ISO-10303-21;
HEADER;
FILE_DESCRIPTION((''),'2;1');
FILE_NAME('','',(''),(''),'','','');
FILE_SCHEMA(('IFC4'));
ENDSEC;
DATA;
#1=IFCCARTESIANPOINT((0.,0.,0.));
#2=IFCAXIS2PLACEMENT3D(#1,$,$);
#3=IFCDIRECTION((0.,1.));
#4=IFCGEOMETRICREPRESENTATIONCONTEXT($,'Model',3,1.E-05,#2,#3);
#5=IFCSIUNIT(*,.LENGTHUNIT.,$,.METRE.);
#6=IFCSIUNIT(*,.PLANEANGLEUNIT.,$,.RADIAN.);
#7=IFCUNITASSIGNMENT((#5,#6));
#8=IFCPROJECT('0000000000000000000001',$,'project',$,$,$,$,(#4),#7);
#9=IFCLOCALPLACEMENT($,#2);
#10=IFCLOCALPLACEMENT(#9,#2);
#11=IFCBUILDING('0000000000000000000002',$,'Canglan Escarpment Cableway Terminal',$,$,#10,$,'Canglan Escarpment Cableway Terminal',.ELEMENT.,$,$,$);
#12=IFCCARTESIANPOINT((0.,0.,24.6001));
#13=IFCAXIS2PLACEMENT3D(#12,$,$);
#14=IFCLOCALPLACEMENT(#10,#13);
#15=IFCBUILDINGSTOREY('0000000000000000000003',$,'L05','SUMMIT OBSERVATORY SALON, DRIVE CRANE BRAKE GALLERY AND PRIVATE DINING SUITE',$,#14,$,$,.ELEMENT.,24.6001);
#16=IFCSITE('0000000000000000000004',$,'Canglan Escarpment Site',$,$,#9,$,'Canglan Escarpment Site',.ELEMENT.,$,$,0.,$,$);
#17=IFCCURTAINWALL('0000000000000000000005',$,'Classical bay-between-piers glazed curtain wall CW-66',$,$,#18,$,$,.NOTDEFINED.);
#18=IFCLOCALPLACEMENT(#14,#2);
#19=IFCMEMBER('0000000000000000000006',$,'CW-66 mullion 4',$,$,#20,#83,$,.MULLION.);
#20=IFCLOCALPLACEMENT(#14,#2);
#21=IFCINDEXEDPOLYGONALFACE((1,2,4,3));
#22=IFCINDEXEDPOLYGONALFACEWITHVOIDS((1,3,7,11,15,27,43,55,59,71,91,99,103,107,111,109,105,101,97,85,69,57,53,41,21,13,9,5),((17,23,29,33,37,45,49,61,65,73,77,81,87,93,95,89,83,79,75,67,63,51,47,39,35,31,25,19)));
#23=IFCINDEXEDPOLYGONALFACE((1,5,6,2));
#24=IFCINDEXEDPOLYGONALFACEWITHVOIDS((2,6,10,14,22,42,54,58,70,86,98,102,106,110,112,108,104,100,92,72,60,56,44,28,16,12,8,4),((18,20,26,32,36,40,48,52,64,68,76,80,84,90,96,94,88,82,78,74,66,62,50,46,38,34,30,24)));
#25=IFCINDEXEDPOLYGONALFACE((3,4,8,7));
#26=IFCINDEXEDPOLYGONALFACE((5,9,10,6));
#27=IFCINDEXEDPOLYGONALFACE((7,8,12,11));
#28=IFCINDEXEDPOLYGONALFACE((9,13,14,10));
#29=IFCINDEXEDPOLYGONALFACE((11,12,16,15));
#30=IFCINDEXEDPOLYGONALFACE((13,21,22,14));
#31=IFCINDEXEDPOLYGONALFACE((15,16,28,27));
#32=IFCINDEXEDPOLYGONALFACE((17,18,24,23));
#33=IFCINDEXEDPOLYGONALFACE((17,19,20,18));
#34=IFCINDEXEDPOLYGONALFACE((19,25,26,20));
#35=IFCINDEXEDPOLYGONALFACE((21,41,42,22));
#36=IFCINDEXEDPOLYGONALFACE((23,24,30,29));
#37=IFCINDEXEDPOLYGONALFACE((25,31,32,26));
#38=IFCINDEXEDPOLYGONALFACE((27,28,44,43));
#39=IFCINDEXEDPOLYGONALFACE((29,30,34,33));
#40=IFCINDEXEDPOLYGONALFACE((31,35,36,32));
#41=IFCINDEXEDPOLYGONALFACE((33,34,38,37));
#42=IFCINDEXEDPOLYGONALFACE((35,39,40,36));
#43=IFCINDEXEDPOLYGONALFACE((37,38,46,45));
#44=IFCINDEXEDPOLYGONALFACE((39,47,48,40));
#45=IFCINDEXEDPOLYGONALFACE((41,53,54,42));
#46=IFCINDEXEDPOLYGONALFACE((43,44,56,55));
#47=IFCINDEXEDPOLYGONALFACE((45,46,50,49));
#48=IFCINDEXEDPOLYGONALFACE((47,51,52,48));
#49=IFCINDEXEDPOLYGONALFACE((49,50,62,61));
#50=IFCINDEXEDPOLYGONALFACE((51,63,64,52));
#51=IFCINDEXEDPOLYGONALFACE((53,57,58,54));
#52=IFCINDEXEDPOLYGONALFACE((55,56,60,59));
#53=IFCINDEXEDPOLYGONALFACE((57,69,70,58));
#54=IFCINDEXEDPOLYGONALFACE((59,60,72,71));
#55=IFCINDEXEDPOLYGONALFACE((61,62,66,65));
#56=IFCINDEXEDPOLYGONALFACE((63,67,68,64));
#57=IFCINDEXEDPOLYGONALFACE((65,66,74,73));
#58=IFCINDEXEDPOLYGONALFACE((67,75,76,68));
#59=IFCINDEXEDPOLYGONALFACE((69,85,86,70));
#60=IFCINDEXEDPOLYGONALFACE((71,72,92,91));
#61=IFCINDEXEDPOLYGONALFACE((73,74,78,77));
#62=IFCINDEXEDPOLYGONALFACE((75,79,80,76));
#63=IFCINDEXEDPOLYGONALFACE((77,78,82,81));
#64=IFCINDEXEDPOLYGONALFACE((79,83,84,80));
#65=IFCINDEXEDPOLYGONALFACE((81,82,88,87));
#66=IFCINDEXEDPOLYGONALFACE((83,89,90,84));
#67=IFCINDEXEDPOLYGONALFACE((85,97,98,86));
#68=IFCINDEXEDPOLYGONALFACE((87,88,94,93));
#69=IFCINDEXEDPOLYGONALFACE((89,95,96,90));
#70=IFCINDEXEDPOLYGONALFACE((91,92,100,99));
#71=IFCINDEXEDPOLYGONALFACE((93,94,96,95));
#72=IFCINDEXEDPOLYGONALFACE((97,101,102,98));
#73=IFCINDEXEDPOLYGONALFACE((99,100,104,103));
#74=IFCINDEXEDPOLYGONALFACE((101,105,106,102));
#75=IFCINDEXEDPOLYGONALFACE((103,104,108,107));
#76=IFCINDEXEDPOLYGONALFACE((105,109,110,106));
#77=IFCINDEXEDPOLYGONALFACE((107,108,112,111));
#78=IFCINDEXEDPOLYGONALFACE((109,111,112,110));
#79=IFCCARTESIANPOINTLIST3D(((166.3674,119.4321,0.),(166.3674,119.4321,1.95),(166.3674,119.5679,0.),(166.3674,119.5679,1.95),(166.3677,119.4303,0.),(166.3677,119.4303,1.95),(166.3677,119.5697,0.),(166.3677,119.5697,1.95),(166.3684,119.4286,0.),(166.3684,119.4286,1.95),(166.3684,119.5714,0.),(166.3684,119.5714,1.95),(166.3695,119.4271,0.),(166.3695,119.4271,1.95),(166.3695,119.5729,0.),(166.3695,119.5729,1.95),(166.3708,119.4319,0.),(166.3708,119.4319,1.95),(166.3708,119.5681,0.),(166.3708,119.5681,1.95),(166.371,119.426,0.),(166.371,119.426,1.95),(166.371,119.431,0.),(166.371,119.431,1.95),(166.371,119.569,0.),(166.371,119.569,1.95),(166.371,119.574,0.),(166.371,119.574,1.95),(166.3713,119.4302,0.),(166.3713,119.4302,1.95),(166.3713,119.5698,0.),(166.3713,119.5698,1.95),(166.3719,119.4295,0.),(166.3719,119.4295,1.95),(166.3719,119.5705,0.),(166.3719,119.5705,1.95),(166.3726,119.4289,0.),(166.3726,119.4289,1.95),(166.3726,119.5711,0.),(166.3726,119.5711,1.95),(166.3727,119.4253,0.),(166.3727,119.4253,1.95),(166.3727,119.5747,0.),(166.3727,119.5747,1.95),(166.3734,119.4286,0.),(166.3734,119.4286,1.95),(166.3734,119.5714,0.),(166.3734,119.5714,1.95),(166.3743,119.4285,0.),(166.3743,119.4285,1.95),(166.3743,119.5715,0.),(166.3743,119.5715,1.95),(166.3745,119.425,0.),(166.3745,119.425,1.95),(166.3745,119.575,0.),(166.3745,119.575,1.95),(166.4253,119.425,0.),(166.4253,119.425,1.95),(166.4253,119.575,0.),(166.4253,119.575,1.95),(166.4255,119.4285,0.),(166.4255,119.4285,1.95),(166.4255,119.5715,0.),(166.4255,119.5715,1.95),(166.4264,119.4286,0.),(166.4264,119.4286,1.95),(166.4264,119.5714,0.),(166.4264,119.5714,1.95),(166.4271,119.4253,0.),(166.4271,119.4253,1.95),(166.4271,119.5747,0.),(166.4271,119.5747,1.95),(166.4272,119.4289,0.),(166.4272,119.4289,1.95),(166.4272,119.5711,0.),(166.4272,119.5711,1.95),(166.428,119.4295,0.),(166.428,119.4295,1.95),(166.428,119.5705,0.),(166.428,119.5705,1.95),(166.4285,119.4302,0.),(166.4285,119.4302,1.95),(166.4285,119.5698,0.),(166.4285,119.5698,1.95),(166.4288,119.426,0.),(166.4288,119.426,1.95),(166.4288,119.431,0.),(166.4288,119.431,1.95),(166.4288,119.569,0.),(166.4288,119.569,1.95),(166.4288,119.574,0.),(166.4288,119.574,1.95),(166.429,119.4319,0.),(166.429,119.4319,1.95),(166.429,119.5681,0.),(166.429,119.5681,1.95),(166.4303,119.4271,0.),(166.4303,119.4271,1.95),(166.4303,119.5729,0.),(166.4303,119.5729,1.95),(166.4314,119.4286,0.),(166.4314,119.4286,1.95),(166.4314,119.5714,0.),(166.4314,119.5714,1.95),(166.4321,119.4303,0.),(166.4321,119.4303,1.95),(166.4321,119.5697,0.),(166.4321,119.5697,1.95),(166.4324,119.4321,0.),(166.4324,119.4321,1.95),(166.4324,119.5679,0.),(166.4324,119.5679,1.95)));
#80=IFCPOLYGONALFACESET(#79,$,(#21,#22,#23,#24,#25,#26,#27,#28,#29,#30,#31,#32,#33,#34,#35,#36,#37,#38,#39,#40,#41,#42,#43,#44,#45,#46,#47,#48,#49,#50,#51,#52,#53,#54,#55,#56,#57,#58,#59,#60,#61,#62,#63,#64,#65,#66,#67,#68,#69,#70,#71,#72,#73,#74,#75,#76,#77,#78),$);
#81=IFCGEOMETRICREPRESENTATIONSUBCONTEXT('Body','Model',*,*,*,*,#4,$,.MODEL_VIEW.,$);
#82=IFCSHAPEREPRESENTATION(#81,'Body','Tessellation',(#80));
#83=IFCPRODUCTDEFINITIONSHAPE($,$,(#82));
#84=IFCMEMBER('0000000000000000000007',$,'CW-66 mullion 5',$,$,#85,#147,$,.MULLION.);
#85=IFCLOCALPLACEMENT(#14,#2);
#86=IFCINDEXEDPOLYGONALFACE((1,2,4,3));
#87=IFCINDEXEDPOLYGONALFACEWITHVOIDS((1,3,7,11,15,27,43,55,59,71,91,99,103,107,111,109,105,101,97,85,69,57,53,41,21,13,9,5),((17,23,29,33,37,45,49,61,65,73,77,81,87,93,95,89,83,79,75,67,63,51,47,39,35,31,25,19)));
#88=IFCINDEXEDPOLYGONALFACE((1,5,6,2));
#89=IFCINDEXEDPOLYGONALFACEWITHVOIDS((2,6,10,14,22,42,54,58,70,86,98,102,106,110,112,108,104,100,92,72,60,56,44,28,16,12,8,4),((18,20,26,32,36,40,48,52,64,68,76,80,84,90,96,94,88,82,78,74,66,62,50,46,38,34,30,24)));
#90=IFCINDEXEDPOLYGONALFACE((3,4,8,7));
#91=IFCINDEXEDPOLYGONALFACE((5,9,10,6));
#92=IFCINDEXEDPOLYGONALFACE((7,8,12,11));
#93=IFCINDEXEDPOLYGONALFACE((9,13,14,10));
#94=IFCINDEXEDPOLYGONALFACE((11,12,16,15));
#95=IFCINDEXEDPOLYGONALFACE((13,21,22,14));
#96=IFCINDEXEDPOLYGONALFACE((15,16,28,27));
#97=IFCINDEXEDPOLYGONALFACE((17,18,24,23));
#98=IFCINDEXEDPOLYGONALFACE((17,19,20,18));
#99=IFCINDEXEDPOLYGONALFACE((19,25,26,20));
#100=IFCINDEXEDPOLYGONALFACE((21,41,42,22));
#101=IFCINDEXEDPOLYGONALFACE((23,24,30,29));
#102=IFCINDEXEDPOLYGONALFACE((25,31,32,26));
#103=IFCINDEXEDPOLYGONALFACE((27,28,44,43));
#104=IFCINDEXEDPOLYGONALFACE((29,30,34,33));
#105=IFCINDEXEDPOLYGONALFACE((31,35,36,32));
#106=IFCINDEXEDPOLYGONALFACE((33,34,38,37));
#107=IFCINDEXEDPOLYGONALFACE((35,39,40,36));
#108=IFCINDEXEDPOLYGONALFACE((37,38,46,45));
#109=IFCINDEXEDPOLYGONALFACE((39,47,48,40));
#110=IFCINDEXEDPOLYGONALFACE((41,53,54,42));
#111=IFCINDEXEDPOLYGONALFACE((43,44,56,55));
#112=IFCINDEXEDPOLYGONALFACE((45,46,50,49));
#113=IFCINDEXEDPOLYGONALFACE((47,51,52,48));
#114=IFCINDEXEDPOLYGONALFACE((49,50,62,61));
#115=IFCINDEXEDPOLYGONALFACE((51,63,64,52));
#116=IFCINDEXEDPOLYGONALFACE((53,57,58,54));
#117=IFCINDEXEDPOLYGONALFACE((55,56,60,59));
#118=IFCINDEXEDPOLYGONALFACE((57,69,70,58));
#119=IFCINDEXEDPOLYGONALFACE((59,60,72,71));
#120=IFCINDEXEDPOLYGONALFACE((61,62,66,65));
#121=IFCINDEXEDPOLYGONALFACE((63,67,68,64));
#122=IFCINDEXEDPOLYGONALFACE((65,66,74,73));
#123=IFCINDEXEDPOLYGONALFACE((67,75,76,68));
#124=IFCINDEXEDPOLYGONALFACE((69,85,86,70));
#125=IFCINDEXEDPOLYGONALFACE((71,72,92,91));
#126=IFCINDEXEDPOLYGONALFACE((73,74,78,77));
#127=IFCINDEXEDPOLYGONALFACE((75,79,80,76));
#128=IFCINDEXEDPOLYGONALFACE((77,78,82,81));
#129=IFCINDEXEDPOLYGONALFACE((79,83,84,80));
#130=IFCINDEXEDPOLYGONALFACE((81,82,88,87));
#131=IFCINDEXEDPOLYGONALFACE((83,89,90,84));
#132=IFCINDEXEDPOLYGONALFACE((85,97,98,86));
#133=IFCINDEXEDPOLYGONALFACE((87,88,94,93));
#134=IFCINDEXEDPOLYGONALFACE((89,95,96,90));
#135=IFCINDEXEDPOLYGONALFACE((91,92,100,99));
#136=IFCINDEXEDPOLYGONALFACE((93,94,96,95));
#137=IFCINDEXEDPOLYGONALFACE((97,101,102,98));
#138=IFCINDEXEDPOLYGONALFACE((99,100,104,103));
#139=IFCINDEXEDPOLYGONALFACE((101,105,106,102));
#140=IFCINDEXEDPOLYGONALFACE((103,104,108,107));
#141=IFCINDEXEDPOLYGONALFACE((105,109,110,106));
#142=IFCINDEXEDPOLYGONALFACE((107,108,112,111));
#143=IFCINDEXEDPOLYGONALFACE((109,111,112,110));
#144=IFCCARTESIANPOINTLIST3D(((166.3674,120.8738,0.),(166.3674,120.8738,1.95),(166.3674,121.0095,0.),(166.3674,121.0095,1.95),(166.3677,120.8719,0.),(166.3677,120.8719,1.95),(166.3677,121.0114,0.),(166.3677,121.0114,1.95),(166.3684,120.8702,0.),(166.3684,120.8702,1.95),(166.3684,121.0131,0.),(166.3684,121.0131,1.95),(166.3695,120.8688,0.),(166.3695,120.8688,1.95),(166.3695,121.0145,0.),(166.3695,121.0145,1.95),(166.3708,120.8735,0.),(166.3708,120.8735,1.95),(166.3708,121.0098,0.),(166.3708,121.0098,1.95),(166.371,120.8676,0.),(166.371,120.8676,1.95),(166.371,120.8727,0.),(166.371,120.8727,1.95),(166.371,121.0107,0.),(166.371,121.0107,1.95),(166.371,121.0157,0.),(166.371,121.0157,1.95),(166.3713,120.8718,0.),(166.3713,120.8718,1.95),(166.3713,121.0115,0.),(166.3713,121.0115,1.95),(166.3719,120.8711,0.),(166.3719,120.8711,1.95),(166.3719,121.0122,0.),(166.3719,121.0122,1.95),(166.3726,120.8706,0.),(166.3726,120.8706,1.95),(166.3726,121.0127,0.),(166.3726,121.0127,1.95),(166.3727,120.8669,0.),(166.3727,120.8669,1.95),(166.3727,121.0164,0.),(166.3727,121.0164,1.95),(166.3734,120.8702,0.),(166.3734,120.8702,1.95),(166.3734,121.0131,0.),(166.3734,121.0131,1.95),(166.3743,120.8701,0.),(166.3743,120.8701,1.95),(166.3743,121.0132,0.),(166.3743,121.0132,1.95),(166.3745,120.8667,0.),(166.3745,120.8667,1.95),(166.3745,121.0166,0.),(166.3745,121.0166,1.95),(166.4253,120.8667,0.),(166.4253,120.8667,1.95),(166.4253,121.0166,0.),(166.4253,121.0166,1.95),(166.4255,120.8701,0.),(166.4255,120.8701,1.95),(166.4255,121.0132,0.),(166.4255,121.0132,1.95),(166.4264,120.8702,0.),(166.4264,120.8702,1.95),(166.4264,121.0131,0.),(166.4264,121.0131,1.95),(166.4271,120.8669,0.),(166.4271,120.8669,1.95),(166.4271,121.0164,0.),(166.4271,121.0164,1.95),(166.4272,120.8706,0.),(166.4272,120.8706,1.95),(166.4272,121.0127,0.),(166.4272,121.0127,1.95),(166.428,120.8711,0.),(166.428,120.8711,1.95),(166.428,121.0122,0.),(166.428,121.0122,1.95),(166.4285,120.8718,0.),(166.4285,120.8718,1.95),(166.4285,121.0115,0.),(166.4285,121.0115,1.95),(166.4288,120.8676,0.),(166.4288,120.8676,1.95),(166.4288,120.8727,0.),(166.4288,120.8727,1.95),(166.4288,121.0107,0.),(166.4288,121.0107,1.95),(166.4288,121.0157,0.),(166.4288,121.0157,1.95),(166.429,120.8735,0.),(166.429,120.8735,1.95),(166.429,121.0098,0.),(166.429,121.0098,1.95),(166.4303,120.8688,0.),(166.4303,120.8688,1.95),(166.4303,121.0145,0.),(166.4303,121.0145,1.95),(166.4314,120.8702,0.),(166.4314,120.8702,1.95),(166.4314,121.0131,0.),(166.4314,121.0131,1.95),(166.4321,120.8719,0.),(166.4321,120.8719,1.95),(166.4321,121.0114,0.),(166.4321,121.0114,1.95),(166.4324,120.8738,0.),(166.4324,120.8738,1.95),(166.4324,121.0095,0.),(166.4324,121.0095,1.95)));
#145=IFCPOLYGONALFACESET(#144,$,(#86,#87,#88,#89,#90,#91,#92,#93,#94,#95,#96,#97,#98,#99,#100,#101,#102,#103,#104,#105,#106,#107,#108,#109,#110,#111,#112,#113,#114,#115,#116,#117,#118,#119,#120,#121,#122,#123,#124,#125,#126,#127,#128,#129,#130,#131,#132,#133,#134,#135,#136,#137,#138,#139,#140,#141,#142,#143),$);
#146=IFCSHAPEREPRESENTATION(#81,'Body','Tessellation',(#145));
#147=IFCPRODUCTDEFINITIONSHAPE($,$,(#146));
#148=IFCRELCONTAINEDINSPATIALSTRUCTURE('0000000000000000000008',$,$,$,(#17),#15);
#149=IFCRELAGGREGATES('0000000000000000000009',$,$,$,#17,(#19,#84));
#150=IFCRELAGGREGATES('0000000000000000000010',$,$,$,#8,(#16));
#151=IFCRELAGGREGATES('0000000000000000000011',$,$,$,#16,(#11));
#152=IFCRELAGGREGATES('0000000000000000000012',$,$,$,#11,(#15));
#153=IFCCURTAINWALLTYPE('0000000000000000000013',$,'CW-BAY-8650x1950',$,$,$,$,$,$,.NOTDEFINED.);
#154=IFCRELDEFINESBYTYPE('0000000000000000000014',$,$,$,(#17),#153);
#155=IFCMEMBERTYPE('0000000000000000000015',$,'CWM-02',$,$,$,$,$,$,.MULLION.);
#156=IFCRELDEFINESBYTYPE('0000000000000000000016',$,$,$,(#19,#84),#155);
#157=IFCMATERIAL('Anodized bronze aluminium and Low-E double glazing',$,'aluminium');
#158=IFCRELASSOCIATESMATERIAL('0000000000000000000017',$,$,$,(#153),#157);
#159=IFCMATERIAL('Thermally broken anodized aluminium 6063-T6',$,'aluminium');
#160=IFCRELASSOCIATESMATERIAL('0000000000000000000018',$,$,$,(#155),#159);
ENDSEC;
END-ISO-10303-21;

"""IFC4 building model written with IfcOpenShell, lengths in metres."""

from ifc_helpers import new_model, si_unit, direction, frame, origin, origin_2d, place, context, subcontext, project, spatial, hollow_rectangle, extrude, material, material_profile, profile_set, type_object, element, aggregate, save


model = new_model("IFC4")

# Units and contexts
model_context = context("Model", 3, precision=1e-05, world=origin(), true_north=direction((0.0, 1.0)))
body_context = subcontext(model_context, "Body", "Model", "MODEL_VIEW")
ifc_project = project(units=[si_unit("LENGTHUNIT", "METRE"), si_unit("PLANEANGLEUNIT", "RADIAN")], contexts=[model_context])

# Site, building, storey
site_placement = place(None, origin())
site = spatial("IfcSite", under=ifc_project, at=site_placement, Name="Canglan Escarpment Site", LongName="Canglan Escarpment Site", CompositionType="ELEMENT", RefElevation=0.0)
building_placement = place(site_placement, origin())
building = spatial("IfcBuilding", under=site, at=building_placement, Name="Canglan Escarpment Cableway Terminal", LongName="Canglan Escarpment Cableway Terminal", CompositionType="ELEMENT")
storey_placement = place(building_placement, frame((0.0, 0.0, 24.6001)))
storey = spatial("IfcBuildingStorey", under=building, at=storey_placement, Name="L05", Description="SUMMIT OBSERVATORY SALON, DRIVE CRANE BRAKE GALLERY AND PRIVATE DINING SUITE", CompositionType="ELEMENT", Elevation=24.6001)

# Curtain wall, members
ifc_material_1 = material(Name="Anodized bronze aluminium and Low-E double glazing", Category="aluminium")
curtain_wall_type = type_object("IfcCurtainWallType", Name="CW-BAY-8650x1950", PredefinedType="NOTDEFINED", material=ifc_material_1)
curtain_wall_placement = place(storey_placement, origin())
curtain_wall = element("IfcCurtainWall", 1, at=curtain_wall_placement, inside=storey, type_object=curtain_wall_type, Name="Classical bay-between-piers glazed curtain wall CW-66", PredefinedType="NOTDEFINED")
ifc_material_2 = material(Name="Thermally broken anodized aluminium 6063-T6", Category="aluminium")
ifc_material_profile_1 = material_profile(ifc_material_2, hollow_rectangle(XDim=0.0649, YDim=0.1499, WallThickness=0.0034, InnerFilletRadius=0.0034, OuterFilletRadius=0.0071, at=origin_2d()), Name="ALU-MULL 65x150x3.5")
ifc_profile_set_1 = profile_set([ifc_material_profile_1], Name="Thermally broken anodized aluminium 6063-T6")
member_type_1 = type_object("IfcMemberType", Name="CWM-02", PredefinedType="MULLION", material=ifc_profile_set_1)
member_1_placement = place(storey_placement, frame((166.3999, 119.5, 0.0), z_axis=(0.0, 0.0, 1.0), x_axis=(-1.0, 0.0, 0.0)))
member_1 = element("IfcMember", 2, at=member_1_placement, type_object=member_type_1, Name="CW-66 mullion 4", PredefinedType="MULLION", context=body_context, shape_type="SweptSolid", body=[
    extrude(hollow_rectangle(XDim=0.0649, YDim=0.1499, WallThickness=0.0034, InnerFilletRadius=0.0034, OuterFilletRadius=0.0071, at=origin_2d()), origin(), (0.0, 0.0, 1.0), 1.95),
])
member_2_placement = place(storey_placement, frame((166.3999, 120.9417, 0.0), z_axis=(0.0, 0.0, 1.0), x_axis=(-1.0, 0.0, 0.0)))
member_2 = element("IfcMember", 3, at=member_2_placement, type_object=member_type_1, Name="CW-66 mullion 5", PredefinedType="MULLION", context=body_context, shape_type="SweptSolid", body=[
    extrude(hollow_rectangle(XDim=0.0649, YDim=0.1499, WallThickness=0.0034, InnerFilletRadius=0.0034, OuterFilletRadius=0.0071, at=origin_2d()), origin(), (0.0, 0.0, 1.0), 1.95),
])

aggregate(curtain_wall, [member_1, member_2])

save(model, "model.ifc")
